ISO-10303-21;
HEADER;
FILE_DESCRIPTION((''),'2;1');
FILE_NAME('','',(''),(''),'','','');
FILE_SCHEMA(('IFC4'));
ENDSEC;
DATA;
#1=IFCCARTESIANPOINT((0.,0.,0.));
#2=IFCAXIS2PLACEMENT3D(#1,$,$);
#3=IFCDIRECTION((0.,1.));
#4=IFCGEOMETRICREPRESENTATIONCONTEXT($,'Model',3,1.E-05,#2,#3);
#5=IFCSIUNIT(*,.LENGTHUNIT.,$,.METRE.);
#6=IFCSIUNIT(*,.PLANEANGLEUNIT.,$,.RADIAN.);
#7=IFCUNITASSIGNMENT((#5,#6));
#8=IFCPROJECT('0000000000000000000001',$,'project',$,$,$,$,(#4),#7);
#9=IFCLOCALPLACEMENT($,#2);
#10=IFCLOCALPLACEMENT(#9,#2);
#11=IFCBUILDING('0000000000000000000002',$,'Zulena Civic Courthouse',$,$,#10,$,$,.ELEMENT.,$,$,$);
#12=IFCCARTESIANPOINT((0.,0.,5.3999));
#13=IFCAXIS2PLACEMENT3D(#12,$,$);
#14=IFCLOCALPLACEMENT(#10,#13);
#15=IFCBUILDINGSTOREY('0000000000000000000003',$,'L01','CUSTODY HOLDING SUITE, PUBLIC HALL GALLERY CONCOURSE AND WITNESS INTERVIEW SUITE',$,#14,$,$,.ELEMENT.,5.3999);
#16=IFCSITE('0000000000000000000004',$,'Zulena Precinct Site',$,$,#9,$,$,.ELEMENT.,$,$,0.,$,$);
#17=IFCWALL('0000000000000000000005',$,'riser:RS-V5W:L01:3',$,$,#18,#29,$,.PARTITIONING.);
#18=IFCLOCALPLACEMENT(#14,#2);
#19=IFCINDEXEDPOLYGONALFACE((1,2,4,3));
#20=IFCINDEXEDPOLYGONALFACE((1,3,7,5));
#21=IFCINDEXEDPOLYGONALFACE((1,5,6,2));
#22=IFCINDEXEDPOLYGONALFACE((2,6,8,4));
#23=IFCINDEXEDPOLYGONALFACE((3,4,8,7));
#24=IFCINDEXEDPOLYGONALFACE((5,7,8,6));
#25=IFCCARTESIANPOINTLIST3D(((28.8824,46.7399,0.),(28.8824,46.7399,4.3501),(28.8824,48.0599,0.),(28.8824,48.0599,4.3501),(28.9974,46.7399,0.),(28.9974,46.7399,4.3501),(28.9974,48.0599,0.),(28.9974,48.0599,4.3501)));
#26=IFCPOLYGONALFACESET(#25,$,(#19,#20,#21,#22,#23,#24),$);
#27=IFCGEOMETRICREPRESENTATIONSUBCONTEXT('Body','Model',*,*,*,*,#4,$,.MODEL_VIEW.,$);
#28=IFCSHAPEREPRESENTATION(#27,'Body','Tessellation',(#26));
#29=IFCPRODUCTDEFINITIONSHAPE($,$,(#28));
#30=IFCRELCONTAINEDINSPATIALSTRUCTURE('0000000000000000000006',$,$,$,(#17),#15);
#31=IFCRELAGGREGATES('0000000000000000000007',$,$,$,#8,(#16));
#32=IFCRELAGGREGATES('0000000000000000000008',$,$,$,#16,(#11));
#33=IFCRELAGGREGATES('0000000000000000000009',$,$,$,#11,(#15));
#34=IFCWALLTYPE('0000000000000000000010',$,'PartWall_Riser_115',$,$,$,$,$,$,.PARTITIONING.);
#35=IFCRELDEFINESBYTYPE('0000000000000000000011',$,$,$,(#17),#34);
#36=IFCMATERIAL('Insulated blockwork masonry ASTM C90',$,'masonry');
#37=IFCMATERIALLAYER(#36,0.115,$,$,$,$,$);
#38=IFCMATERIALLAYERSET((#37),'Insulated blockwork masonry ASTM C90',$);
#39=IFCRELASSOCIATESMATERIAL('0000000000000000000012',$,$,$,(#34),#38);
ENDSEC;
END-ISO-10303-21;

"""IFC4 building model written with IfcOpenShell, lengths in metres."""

from ifc_helpers import new_model, si_unit, direction, frame, frame_2d, origin, place, context, subcontext, project, spatial, rectangle, extrude, material, layer, layer_set, type_object, element, save


model = new_model("IFC4")

# Units and contexts
model_context = context("Model", 3, precision=1e-05, world=origin(), true_north=direction((0.0, 1.0)))
body_context = subcontext(model_context, "Body", "Model", "MODEL_VIEW")
ifc_project = project(units=[si_unit("LENGTHUNIT", "METRE"), si_unit("PLANEANGLEUNIT", "RADIAN")], contexts=[model_context])

# Site, building, storey
site_placement = place(None, origin())
site = spatial("IfcSite", under=ifc_project, at=site_placement, Name="Zulena Precinct Site", CompositionType="ELEMENT", RefElevation=0.0)
building_placement = place(site_placement, origin())
building = spatial("IfcBuilding", under=site, at=building_placement, Name="Zulena Civic Courthouse", CompositionType="ELEMENT")
storey_placement = place(building_placement, frame((0.0, 0.0, 5.3999)))
storey = spatial("IfcBuildingStorey", under=building, at=storey_placement, Name="L01", Description="CUSTODY HOLDING SUITE, PUBLIC HALL GALLERY CONCOURSE AND WITNESS INTERVIEW SUITE", CompositionType="ELEMENT", Elevation=5.3999)

# Wall
ifc_material_1 = material(Name="Insulated blockwork masonry ASTM C90", Category="masonry")
ifc_layer_1 = layer(ifc_material_1, 0.115)
ifc_layer_set_1 = layer_set([ifc_layer_1], Name="Insulated blockwork masonry ASTM C90")
wall_type_1 = type_object("IfcWallType", Name="PartWall_Riser_115", PredefinedType="PARTITIONING", material=ifc_layer_set_1)
for number, where, z_axis, x_axis, name in (
    (1, (28.9399, 48.0601, 0.0), (0.0, 0.0, 1.0), (0.0, -1.0, 0.0), "riser:RS-V5W:L01:3"),
):
    element("IfcWall", number, at=place(storey_placement, frame(where, z_axis=z_axis, x_axis=x_axis)), inside=storey, type_object=wall_type_1, Name=name, PredefinedType="PARTITIONING", context=body_context, shape_type="SweptSolid", body=[
        extrude(rectangle(XDim=1.3201, YDim=0.115, at=frame_2d((0.6602, 0.0))), origin(), (0.0, 0.0, 1.0), 4.3501),
    ])

save(model, "model.ifc")
